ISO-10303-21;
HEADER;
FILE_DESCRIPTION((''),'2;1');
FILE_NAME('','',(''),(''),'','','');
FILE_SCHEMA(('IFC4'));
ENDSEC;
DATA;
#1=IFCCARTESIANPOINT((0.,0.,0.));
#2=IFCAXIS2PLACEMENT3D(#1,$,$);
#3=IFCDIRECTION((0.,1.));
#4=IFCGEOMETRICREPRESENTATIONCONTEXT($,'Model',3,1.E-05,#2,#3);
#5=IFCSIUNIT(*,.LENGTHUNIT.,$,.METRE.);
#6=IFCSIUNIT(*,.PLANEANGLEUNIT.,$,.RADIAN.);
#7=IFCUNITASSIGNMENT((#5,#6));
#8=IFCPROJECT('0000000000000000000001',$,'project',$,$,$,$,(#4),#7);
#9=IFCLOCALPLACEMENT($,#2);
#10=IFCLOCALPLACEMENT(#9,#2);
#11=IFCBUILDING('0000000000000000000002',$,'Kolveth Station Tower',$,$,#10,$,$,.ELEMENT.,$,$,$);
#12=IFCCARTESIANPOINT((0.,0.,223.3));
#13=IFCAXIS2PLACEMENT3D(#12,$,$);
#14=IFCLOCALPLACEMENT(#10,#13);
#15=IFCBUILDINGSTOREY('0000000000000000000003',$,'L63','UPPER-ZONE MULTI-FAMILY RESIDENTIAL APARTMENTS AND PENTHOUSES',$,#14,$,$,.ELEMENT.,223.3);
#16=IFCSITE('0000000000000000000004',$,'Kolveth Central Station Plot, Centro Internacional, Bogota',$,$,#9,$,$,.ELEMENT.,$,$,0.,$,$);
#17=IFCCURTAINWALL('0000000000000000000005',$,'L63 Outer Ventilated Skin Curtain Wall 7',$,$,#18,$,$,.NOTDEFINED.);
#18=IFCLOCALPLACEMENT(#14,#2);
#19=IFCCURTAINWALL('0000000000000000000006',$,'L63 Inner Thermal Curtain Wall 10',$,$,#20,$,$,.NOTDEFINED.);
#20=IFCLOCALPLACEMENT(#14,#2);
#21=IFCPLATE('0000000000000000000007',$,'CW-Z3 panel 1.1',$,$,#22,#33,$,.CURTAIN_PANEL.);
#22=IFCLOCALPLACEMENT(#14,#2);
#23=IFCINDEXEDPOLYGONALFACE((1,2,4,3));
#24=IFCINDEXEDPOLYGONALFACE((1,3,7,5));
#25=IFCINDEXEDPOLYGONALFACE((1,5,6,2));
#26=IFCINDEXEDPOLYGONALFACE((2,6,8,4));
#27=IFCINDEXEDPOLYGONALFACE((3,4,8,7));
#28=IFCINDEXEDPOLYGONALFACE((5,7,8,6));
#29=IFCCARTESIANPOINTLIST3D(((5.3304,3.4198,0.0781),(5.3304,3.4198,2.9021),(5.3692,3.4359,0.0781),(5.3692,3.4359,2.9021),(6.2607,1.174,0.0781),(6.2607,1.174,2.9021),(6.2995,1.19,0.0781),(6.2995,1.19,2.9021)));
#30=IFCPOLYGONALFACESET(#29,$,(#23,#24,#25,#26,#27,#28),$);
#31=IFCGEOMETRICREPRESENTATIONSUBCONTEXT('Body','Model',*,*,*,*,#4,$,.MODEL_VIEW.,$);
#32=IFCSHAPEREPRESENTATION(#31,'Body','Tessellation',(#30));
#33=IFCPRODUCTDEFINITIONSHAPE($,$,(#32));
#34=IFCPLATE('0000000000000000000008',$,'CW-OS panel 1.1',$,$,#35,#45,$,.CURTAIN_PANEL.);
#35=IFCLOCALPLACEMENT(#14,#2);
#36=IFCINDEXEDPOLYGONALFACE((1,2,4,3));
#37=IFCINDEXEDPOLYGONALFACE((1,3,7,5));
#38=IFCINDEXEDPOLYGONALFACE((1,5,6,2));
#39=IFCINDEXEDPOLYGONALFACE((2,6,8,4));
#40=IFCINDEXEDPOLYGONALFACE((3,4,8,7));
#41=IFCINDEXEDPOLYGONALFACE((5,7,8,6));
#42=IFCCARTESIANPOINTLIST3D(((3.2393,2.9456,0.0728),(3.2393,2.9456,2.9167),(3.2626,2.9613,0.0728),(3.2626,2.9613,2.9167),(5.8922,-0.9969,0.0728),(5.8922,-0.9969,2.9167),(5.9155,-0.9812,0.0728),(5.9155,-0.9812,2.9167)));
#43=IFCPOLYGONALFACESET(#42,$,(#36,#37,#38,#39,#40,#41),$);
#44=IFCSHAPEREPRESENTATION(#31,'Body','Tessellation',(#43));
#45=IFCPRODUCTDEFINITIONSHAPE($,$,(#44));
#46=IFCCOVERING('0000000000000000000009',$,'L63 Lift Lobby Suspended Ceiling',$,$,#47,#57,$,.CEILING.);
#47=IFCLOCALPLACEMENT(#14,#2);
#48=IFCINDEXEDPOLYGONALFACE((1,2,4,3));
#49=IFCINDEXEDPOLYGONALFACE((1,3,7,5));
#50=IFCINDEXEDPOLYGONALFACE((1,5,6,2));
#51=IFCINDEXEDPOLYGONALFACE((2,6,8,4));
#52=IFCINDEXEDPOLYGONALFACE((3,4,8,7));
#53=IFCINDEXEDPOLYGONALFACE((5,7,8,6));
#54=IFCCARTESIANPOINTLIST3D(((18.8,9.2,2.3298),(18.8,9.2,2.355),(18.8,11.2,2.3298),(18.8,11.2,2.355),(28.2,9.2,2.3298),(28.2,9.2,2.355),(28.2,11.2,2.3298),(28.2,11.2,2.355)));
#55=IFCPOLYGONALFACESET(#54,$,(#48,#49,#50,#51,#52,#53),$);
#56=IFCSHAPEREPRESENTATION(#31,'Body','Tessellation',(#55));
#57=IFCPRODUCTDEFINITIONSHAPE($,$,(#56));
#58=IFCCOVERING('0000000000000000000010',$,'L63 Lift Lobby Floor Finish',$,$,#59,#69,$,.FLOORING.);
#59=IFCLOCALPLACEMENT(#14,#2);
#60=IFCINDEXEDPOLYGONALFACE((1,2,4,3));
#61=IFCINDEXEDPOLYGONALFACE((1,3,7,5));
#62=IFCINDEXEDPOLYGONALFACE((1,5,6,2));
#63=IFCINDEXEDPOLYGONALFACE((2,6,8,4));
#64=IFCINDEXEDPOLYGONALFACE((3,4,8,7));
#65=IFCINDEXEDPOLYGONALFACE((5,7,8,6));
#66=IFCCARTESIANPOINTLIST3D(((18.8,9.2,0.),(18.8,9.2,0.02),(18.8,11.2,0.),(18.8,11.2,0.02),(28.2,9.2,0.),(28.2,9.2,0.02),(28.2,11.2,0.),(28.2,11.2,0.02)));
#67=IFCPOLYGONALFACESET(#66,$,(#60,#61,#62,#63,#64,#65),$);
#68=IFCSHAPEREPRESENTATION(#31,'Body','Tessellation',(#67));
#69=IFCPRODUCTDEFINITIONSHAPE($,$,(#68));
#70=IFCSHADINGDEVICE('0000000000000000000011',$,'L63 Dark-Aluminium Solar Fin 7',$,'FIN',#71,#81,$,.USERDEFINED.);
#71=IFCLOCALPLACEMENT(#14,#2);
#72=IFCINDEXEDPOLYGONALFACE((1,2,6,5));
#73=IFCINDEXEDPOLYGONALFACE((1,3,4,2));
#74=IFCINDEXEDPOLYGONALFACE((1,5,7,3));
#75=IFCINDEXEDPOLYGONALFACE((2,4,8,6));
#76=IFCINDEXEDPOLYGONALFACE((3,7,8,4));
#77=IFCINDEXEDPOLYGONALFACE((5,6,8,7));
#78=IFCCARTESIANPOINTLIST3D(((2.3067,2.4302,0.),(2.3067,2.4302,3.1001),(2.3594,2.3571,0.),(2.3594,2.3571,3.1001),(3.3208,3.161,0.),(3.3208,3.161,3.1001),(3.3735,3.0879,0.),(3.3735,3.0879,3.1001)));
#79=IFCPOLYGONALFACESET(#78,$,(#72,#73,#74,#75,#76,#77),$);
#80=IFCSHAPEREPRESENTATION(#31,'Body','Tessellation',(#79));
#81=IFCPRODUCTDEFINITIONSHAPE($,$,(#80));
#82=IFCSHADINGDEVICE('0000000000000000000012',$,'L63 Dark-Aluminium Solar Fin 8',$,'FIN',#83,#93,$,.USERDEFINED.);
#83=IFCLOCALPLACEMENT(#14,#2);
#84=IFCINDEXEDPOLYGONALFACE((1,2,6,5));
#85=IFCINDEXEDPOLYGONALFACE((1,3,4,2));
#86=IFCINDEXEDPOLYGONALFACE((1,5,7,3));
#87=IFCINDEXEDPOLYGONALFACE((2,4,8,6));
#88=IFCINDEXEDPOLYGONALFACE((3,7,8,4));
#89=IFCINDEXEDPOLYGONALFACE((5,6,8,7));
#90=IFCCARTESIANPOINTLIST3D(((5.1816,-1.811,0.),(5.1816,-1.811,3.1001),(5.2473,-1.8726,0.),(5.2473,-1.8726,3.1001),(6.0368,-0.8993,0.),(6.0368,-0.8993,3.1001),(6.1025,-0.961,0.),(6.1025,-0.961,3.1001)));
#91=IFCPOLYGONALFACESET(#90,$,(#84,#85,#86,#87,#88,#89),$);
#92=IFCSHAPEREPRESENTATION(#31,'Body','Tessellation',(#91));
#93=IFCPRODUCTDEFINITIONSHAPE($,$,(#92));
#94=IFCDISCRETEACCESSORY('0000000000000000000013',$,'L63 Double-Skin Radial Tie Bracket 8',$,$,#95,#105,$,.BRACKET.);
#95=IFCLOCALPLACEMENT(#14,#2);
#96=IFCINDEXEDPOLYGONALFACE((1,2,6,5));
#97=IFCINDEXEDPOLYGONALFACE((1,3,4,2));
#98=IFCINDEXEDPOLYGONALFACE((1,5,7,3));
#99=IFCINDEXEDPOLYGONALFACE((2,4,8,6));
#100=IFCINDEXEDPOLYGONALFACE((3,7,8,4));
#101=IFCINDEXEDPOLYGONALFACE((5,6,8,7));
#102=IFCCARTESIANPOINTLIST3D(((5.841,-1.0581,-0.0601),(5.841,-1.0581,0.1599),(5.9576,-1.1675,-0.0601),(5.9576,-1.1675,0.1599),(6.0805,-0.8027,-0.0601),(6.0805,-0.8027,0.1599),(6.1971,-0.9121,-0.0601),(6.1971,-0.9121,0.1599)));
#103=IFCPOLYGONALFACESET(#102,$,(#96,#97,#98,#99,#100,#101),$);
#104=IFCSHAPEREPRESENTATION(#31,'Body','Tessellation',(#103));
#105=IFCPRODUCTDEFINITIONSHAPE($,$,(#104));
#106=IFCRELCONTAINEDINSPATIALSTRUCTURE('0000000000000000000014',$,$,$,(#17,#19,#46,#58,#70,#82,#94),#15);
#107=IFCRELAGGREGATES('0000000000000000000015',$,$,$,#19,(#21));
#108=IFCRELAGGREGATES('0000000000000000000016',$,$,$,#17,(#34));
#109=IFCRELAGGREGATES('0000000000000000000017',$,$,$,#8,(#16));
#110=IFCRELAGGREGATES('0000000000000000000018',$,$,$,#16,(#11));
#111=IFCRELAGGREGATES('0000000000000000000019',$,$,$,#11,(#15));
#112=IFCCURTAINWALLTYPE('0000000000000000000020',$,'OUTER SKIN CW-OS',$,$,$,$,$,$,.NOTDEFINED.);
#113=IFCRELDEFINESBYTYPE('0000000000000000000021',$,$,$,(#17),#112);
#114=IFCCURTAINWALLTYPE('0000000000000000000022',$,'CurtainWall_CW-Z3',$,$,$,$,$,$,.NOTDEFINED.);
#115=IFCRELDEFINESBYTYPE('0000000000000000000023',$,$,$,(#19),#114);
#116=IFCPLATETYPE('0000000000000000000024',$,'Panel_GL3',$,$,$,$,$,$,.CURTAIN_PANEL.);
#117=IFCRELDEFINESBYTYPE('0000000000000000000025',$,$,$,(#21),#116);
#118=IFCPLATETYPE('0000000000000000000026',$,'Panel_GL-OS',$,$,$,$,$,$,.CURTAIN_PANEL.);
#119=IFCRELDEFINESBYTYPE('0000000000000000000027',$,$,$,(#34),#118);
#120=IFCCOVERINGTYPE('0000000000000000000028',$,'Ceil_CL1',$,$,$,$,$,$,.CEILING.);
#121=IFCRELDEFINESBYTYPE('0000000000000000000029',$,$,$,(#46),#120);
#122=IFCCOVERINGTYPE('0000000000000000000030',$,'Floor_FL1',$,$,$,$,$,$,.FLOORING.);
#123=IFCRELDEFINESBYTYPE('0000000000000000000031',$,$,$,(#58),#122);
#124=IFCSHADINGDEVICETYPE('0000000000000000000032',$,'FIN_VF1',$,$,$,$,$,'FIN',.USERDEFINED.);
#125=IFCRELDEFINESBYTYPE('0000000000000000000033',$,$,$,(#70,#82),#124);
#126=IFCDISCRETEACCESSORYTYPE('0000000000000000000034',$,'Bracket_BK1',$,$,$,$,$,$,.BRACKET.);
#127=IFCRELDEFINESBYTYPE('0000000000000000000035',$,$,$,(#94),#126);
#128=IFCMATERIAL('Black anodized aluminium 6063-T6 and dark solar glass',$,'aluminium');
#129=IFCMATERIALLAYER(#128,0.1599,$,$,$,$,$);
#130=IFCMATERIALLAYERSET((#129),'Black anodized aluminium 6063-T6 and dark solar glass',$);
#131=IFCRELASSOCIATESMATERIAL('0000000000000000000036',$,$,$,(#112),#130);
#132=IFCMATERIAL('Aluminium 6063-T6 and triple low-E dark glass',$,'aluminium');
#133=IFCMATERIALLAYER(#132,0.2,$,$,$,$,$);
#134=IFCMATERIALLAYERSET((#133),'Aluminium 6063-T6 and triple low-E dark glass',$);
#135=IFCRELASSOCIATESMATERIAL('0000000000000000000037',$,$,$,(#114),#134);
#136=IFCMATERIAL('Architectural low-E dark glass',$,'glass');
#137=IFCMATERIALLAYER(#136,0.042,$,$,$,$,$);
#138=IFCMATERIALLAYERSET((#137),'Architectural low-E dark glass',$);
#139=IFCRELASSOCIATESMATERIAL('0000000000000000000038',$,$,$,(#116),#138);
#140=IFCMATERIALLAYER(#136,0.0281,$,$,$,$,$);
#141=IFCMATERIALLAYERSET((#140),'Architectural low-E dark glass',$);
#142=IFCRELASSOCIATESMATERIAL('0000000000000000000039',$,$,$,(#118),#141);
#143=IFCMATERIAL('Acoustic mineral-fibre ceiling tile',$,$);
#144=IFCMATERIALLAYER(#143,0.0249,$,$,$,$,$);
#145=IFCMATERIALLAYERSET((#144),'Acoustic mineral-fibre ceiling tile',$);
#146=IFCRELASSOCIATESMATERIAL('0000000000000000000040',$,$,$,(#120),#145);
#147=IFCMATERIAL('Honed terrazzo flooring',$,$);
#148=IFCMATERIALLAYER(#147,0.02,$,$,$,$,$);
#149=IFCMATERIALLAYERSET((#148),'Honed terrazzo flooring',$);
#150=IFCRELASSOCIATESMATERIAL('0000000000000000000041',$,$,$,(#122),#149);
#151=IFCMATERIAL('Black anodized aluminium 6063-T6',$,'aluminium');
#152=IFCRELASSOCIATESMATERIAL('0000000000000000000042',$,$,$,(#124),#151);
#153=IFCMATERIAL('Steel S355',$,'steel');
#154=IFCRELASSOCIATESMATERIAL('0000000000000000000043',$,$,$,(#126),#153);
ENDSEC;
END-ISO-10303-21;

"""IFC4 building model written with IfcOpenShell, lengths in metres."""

from ifc_helpers import new_model, si_unit, direction, frame, origin, origin_2d, place, context, subcontext, project, spatial, polyline, rectangle, outline, extrude, source, transform, mapped, material, layer, layer_set, type_object, element, aggregate, save


model = new_model("IFC4")

# Units and contexts
model_context = context("Model", 3, precision=1e-05, world=origin(), true_north=direction((0.0, 1.0)))
body_context = subcontext(model_context, "Body", "Model", "MODEL_VIEW")
ifc_project = project(units=[si_unit("LENGTHUNIT", "METRE"), si_unit("PLANEANGLEUNIT", "RADIAN")], contexts=[model_context])

# Site, building, storey
site_placement = place(None, origin())
site = spatial("IfcSite", under=ifc_project, at=site_placement, Name="Kolveth Central Station Plot, Centro Internacional, Bogota", CompositionType="ELEMENT", RefElevation=0.0)
building_placement = place(site_placement, origin())
building = spatial("IfcBuilding", under=site, at=building_placement, Name="Kolveth Station Tower", CompositionType="ELEMENT")
storey_placement = place(building_placement, frame((0.0, 0.0, 223.3)))
storey = spatial("IfcBuildingStorey", under=building, at=storey_placement, Name="L63", Description="UPPER-ZONE MULTI-FAMILY RESIDENTIAL APARTMENTS AND PENTHOUSES", CompositionType="ELEMENT", Elevation=223.3)

# Curtain walls
ifc_material_1 = material(Name="Black anodized aluminium 6063-T6 and dark solar glass", Category="aluminium")
ifc_layer_1 = layer(ifc_material_1, 0.1599)
ifc_layer_set_1 = layer_set([ifc_layer_1], Name="Black anodized aluminium 6063-T6 and dark solar glass")
curtain_wall_type_1 = type_object("IfcCurtainWallType", Name="OUTER SKIN CW-OS", PredefinedType="NOTDEFINED", material=ifc_layer_set_1)
curtain_wall_1_placement = place(storey_placement, origin())
curtain_wall_1 = element("IfcCurtainWall", 1, at=curtain_wall_1_placement, inside=storey, type_object=curtain_wall_type_1, Name="L63 Outer Ventilated Skin Curtain Wall 7", PredefinedType="NOTDEFINED")
ifc_material_2 = material(Name="Black anodized aluminium 6063-T6", Category="aluminium")
ifc_material_3 = material(Name="Aluminium 6063-T6 and triple low-E dark glass", Category="aluminium")
ifc_layer_2 = layer(ifc_material_3, 0.2)
ifc_layer_set_2 = layer_set([ifc_layer_2], Name="Aluminium 6063-T6 and triple low-E dark glass")
curtain_wall_type_2 = type_object("IfcCurtainWallType", Name="CurtainWall_CW-Z3", PredefinedType="NOTDEFINED", material=ifc_layer_set_2)
curtain_wall_2_placement = place(storey_placement, origin())
curtain_wall_2 = element("IfcCurtainWall", 2, at=curtain_wall_2_placement, inside=storey, type_object=curtain_wall_type_2, Name="L63 Inner Thermal Curtain Wall 10", PredefinedType="NOTDEFINED")

# Plates
ifc_material_4 = material(Name="Architectural low-E dark glass", Category="glass")
ifc_layer_3 = layer(ifc_material_4, 0.042)
ifc_layer_set_3 = layer_set([ifc_layer_3], Name="Architectural low-E dark glass")
plate_type_1 = type_object("IfcPlateType", Name="Panel_GL3", PredefinedType="CURTAIN_PANEL", material=ifc_layer_set_3)
shared_shape_1 = source(origin(), body_context, "Body", "SweptSolid", [
    extrude(rectangle(XDim=2.4309, YDim=0.042, at=origin_2d()), origin(), (0.0, 0.0, 1.0), 2.824),
])
plate_1_placement = place(storey_placement, frame((5.8149, 2.3049, 0.0781), z_axis=(0.0, 0.0, 1.0), x_axis=(0.382693, -0.923875, 0.0)))
plate_1 = element("IfcPlate", 3, at=plate_1_placement, type_object=plate_type_1, Name="CW-Z3 panel 1.1", PredefinedType="CURTAIN_PANEL", context=body_context, shape_type="MappedRepresentation", body=[
    mapped(shared_shape_1, transform((0.0, 0.0, 0.0), x_axis=(1.0, 0.0, 0.0), y_axis=(0.0, 1.0, 0.0), z_axis=(0.0, 0.0, 1.0), scale=1.0)),
])
aggregate(curtain_wall_2, [plate_1])
ifc_layer_4 = layer(ifc_material_4, 0.0281)
ifc_layer_set_4 = layer_set([ifc_layer_4], Name="Architectural low-E dark glass")
plate_type_2 = type_object("IfcPlateType", Name="Panel_GL-OS", PredefinedType="CURTAIN_PANEL", material=ifc_layer_set_4)
shared_shape_2 = source(origin(), body_context, "Body", "SweptSolid", [
    extrude(rectangle(XDim=4.752, YDim=0.0281, at=origin_2d()), origin(), (0.0, 0.0, 1.0), 2.844),
])
plate_2_placement = place(storey_placement, frame((4.5774, 0.9822, 0.0728), z_axis=(0.0, 0.0, 1.0), x_axis=(0.558266, -0.829662, 0.0)))
plate_2 = element("IfcPlate", 4, at=plate_2_placement, type_object=plate_type_2, Name="CW-OS panel 1.1", PredefinedType="CURTAIN_PANEL", context=body_context, shape_type="MappedRepresentation", body=[
    mapped(shared_shape_2, transform((0.0, 0.0, 0.0), x_axis=(1.0, 0.0, 0.0), y_axis=(0.0, 1.0, 0.0), z_axis=(0.0, 0.0, 1.0), scale=1.0)),
])
aggregate(curtain_wall_1, [plate_2])

# Coverings
ifc_material_5 = material(Name="Acoustic mineral-fibre ceiling tile")
ifc_layer_5 = layer(ifc_material_5, 0.0249)
ifc_layer_set_5 = layer_set([ifc_layer_5], Name="Acoustic mineral-fibre ceiling tile")
covering_type_1 = type_object("IfcCoveringType", Name="Ceil_CL1", PredefinedType="CEILING", material=ifc_layer_set_5)
covering_1_placement = place(storey_placement, frame((0.0, 0.0, 2.3298)))
element("IfcCovering", 5, at=covering_1_placement, inside=storey, type_object=covering_type_1, Name="L63 Lift Lobby Suspended Ceiling", PredefinedType="CEILING", context=body_context, shape_type="SweptSolid", body=[
    extrude(outline(polyline([(18.8, 9.2), (28.2, 9.2), (28.2, 11.2), (18.8, 11.2), (18.8, 9.2)])), origin(), (0.0, 0.0, 1.0), 0.0251),
])
ifc_material_6 = material(Name="Honed terrazzo flooring")
ifc_layer_6 = layer(ifc_material_6, 0.02)
ifc_layer_set_6 = layer_set([ifc_layer_6], Name="Honed terrazzo flooring")
covering_type_2 = type_object("IfcCoveringType", Name="Floor_FL1", PredefinedType="FLOORING", material=ifc_layer_set_6)
covering_2_placement = place(storey_placement, origin())
element("IfcCovering", 6, at=covering_2_placement, inside=storey, type_object=covering_type_2, Name="L63 Lift Lobby Floor Finish", PredefinedType="FLOORING", context=body_context, shape_type="SweptSolid", body=[
    extrude(outline(polyline([(18.8, 9.2), (28.2, 9.2), (28.2, 11.2), (18.8, 11.2), (18.8, 9.2)])), origin(), (0.0, 0.0, 1.0), 0.02),
])

# Shading devices
shading_device_type = type_object("IfcShadingDeviceType", Name="FIN_VF1", ElementType="FIN", PredefinedType="USERDEFINED", material=ifc_material_2)
shared_shape_3 = source(origin(), body_context, "Body", "SweptSolid", [
    extrude(rectangle(XDim=1.25, YDim=0.0901, at=origin_2d()), origin(), (0.0, 0.0, 1.0), 3.1001),
])
for number, where, z_axis, x_axis, name in (
    (7, (2.8401, 2.759, 0.0), (0.0, 0.0, 1.0), (-0.811268, -0.584675, 0.0), "L63 Dark-Aluminium Solar Fin 7"),
    (8, (5.6421, -1.386, 0.0), (0.0, 0.0, 1.0), (-0.684165, -0.729327, 0.0), "L63 Dark-Aluminium Solar Fin 8"),
):
    element("IfcShadingDevice", number, at=place(storey_placement, frame(where, z_axis=z_axis, x_axis=x_axis)), inside=storey, type_object=shading_device_type, Name=name, ObjectType="FIN", PredefinedType="USERDEFINED", context=body_context, shape_type="MappedRepresentation", body=[
        mapped(shared_shape_3, transform((0.0, 0.0, 0.0), x_axis=(1.0, 0.0, 0.0), y_axis=(0.0, 1.0, 0.0), z_axis=(0.0, 0.0, 1.0), scale=1.0)),
    ])

# Discrete accessory
ifc_material_7 = material(Name="Steel S355", Category="steel")
discrete_accessory_type = type_object("IfcDiscreteAccessoryType", Name="Bracket_BK1", PredefinedType="BRACKET", material=ifc_material_7)
shared_shape_4 = source(origin(), body_context, "Body", "SweptSolid", [
    extrude(rectangle(XDim=0.3501, YDim=0.1599, at=origin_2d()), origin(), (0.0, 0.0, 1.0), 0.22),
])
discrete_accessory_placement = place(storey_placement, frame((6.019, -0.9851, -0.0601), z_axis=(0.0, 0.0, 1.0), x_axis=(-0.684165, -0.729327, 0.0)))
element("IfcDiscreteAccessory", 9, at=discrete_accessory_placement, inside=storey, type_object=discrete_accessory_type, Name="L63 Double-Skin Radial Tie Bracket 8", PredefinedType="BRACKET", context=body_context, shape_type="MappedRepresentation", body=[
    mapped(shared_shape_4, transform((0.0, 0.0, 0.0), x_axis=(1.0, 0.0, 0.0), y_axis=(0.0, 1.0, 0.0), z_axis=(0.0, 0.0, 1.0), scale=1.0)),
])

save(model, "model.ifc")
